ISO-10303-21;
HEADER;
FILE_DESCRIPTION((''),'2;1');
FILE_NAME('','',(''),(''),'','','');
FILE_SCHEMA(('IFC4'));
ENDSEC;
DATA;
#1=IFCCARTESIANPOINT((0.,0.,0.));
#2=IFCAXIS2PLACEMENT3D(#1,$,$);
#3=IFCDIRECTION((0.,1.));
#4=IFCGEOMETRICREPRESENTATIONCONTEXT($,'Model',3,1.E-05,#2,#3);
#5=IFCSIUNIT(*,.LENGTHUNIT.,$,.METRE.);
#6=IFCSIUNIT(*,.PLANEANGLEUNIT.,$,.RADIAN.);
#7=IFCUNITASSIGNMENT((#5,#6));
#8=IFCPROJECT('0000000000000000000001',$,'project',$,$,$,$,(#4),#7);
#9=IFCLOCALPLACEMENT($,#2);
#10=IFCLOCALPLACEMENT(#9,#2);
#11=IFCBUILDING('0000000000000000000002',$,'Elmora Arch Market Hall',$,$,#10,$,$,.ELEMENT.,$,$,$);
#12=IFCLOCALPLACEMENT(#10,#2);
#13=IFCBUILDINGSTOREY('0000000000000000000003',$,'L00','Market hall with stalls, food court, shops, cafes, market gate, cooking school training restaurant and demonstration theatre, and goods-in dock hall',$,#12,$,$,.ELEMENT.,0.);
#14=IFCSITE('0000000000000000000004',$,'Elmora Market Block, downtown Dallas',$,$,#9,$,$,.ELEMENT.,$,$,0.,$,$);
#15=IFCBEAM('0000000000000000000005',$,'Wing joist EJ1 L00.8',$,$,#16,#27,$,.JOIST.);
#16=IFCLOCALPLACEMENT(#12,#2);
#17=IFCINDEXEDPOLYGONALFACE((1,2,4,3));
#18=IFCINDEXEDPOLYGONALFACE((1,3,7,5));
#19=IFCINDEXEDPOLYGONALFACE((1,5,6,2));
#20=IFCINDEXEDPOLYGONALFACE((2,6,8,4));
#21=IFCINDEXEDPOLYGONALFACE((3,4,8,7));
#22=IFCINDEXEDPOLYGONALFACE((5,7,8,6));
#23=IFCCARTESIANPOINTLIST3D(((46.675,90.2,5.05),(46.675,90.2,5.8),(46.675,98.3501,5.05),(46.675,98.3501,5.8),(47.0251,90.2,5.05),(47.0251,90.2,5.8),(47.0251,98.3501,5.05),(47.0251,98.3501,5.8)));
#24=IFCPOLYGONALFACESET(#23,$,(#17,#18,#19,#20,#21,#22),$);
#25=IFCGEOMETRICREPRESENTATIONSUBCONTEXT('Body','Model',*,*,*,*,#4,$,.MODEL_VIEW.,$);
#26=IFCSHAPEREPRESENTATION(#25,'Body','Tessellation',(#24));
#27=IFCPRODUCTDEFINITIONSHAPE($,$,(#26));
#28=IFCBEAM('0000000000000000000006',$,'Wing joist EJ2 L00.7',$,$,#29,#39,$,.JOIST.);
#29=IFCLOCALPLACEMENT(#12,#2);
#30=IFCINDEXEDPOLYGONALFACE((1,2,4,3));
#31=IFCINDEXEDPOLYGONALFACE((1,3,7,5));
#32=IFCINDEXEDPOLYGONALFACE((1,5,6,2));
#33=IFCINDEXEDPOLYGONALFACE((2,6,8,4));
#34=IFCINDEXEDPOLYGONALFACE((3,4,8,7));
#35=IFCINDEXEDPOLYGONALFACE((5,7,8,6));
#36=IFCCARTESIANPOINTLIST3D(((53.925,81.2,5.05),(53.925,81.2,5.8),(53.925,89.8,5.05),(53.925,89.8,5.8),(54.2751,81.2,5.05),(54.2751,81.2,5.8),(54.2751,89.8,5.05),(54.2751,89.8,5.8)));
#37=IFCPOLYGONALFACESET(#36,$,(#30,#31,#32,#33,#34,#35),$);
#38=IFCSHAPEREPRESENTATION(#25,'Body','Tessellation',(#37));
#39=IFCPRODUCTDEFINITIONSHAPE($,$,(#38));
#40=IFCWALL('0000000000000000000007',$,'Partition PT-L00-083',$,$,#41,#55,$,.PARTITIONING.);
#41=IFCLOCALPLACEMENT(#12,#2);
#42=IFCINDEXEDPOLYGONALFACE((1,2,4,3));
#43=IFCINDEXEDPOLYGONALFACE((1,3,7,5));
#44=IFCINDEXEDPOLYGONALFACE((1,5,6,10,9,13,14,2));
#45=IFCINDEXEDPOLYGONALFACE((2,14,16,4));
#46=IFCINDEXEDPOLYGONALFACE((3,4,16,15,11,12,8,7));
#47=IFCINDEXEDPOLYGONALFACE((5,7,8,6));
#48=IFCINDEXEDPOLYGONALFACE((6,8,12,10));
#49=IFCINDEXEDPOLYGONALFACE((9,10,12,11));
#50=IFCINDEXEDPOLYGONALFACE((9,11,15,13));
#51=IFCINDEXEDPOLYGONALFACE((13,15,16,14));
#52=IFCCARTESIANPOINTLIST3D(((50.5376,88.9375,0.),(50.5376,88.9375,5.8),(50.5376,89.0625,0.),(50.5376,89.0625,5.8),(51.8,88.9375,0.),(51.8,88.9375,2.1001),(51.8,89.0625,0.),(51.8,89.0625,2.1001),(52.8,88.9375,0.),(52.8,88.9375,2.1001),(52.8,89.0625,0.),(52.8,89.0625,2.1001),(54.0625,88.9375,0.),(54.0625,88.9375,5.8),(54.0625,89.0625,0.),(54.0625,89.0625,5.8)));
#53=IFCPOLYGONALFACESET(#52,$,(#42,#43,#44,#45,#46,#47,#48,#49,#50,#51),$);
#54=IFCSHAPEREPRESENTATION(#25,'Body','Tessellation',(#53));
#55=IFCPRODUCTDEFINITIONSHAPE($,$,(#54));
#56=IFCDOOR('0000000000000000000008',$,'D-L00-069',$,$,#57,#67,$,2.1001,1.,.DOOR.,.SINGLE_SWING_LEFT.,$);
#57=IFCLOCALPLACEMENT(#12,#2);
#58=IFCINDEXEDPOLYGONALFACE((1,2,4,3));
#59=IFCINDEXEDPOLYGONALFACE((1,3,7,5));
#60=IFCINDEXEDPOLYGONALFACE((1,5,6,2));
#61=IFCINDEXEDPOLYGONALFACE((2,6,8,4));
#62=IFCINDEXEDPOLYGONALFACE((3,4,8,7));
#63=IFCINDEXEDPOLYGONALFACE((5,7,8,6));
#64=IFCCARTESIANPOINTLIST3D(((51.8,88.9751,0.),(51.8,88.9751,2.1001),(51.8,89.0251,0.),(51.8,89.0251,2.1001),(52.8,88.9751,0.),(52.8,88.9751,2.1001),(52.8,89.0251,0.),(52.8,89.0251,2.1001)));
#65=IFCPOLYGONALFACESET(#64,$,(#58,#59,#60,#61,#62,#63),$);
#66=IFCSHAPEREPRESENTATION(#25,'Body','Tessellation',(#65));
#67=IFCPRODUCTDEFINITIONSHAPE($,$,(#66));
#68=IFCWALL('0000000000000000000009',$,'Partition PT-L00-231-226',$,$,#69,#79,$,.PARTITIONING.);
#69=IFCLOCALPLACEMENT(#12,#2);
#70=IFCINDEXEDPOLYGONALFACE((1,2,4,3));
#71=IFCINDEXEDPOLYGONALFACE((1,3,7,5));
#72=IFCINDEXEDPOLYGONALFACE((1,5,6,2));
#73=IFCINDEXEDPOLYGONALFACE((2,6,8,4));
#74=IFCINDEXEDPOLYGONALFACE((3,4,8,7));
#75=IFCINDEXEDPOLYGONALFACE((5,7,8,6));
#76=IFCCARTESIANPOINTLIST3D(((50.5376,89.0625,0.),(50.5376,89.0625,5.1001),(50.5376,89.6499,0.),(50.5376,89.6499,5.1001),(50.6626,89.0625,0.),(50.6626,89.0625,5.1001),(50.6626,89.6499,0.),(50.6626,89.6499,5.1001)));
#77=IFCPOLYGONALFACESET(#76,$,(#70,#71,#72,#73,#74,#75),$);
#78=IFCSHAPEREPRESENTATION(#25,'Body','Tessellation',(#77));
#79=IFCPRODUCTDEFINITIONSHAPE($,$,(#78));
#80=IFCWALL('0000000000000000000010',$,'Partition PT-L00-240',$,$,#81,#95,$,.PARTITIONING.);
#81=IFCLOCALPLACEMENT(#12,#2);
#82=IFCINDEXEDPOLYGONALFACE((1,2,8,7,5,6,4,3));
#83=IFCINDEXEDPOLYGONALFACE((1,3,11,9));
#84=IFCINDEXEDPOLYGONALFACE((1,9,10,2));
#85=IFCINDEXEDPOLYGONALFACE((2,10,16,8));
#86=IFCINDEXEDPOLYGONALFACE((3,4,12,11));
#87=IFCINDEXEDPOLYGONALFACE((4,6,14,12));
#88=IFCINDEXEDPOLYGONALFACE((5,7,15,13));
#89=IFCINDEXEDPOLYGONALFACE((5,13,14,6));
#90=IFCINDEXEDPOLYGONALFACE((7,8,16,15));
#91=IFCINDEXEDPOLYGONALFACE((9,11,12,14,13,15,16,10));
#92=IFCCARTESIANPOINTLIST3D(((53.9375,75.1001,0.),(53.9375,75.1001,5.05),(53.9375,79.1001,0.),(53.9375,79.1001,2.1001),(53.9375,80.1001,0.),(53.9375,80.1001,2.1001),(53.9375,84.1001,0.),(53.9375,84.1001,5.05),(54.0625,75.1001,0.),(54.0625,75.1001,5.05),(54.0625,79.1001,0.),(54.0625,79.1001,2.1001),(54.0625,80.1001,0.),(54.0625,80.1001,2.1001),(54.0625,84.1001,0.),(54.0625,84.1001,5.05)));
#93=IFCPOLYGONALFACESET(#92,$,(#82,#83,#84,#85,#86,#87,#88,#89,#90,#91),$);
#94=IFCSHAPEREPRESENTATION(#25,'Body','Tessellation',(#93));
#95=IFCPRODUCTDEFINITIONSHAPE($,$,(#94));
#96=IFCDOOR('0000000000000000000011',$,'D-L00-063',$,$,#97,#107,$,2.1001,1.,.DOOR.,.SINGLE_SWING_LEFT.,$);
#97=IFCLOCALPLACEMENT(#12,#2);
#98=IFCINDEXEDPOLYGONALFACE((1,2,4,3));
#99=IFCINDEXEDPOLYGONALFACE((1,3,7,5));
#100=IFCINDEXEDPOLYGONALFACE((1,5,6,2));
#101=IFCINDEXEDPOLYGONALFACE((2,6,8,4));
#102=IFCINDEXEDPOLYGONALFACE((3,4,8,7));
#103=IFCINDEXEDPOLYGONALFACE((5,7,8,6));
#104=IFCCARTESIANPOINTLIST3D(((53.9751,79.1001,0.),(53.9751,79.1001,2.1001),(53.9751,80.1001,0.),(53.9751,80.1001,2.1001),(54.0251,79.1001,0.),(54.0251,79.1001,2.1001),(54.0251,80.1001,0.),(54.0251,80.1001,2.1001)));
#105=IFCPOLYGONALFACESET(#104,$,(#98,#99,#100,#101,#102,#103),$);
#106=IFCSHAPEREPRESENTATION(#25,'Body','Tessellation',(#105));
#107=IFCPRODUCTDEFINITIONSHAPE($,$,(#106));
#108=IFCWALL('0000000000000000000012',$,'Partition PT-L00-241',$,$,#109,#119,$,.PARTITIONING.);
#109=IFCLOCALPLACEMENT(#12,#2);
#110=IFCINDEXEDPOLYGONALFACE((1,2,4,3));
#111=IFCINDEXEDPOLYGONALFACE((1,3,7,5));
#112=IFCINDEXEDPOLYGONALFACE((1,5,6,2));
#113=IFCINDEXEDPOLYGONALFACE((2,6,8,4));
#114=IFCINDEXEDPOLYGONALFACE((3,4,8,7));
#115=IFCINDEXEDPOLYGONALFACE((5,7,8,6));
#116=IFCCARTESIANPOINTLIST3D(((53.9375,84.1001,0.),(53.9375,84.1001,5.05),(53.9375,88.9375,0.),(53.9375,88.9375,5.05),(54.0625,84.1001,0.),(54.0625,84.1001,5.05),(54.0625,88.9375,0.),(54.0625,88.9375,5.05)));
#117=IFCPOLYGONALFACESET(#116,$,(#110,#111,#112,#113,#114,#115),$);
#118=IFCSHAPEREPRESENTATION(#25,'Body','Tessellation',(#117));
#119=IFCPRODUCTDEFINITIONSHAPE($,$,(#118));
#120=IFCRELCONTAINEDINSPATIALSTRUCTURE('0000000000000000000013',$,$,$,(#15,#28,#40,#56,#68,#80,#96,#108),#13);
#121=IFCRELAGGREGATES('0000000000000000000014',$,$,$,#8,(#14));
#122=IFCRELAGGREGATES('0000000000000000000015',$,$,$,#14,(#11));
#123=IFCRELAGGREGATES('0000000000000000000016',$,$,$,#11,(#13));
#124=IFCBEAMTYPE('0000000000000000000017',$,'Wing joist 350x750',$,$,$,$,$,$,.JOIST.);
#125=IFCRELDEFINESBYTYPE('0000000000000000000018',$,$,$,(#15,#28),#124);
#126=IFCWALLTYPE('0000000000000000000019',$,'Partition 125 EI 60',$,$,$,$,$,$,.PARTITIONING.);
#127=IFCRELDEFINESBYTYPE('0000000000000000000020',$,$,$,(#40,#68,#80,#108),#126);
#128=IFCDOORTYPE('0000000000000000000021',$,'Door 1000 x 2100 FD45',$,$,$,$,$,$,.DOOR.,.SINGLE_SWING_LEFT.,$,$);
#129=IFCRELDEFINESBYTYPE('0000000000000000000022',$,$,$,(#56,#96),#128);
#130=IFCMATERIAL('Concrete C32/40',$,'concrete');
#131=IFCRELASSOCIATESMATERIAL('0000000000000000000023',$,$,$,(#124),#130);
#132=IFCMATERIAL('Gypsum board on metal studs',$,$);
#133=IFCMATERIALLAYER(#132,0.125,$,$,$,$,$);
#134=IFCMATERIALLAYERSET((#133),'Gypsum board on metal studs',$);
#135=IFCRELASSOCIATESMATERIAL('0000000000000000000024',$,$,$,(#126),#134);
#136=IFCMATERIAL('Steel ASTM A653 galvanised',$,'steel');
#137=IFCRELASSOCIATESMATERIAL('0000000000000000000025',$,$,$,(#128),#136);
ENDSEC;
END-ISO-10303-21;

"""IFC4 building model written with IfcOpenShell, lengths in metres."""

from ifc_helpers import new_model, si_unit, direction, frame, frame_2d, origin, origin_2d, place, context, subcontext, project, spatial, rectangle, extrude, material, layer, layer_set, material_profile, profile_set, type_object, element, fill, save


model = new_model("IFC4")

# Units and contexts
model_context = context("Model", 3, precision=1e-05, world=origin(), true_north=direction((0.0, 1.0)))
body_context = subcontext(model_context, "Body", "Model", "MODEL_VIEW")
ifc_project = project(units=[si_unit("LENGTHUNIT", "METRE"), si_unit("PLANEANGLEUNIT", "RADIAN")], contexts=[model_context])

# Site, building, storey
site_placement = place(None, origin())
site = spatial("IfcSite", under=ifc_project, at=site_placement, Name="Elmora Market Block, downtown Dallas", CompositionType="ELEMENT", RefElevation=0.0)
building_placement = place(site_placement, origin())
building = spatial("IfcBuilding", under=site, at=building_placement, Name="Elmora Arch Market Hall", CompositionType="ELEMENT")
storey_placement = place(building_placement, origin())
storey = spatial("IfcBuildingStorey", under=building, at=storey_placement, Name="L00", Description="Market hall with stalls, food court, shops, cafes, market gate, cooking school training restaurant and demonstration theatre, and goods-in dock hall", CompositionType="ELEMENT", Elevation=0.0)

# Beams
ifc_material_1 = material(Name="Concrete C32/40", Category="concrete")
ifc_material_profile_1 = material_profile(ifc_material_1, rectangle(XDim=0.3501, YDim=0.75, at=origin_2d()), Name="Wing joist 350x750")
ifc_profile_set_1 = profile_set([ifc_material_profile_1], Name="Concrete C32/40")
beam_type_1 = type_object("IfcBeamType", Name="Wing joist 350x750", PredefinedType="JOIST", material=ifc_profile_set_1)
beam_1_placement = place(storey_placement, frame((46.8501, 90.2, 5.425), z_axis=(0.0, 1.0, 0.0), x_axis=(-1.0, 0.0, 0.0)))
element("IfcBeam", 1, at=beam_1_placement, inside=storey, type_object=beam_type_1, Name="Wing joist EJ1 L00.8", PredefinedType="JOIST", context=body_context, shape_type="SweptSolid", body=[
    extrude(rectangle(XDim=0.3501, YDim=0.75, at=origin_2d()), origin(), (0.0, 0.0, 1.0), 8.1501),
])
beam_2_placement = place(storey_placement, frame((54.1001, 81.2, 5.425), z_axis=(0.0, 1.0, 0.0), x_axis=(-1.0, 0.0, 0.0)))
element("IfcBeam", 2, at=beam_2_placement, inside=storey, type_object=beam_type_1, Name="Wing joist EJ2 L00.7", PredefinedType="JOIST", context=body_context, shape_type="SweptSolid", body=[
    extrude(rectangle(XDim=0.3501, YDim=0.75, at=origin_2d()), origin(), (0.0, 0.0, 1.0), 8.6001),
])

# Wall, opening, door
ifc_material_2 = material(Name="Gypsum board on metal studs")
ifc_layer = layer(ifc_material_2, 0.125)
ifc_layer_set = layer_set([ifc_layer], Name="Gypsum board on metal studs")
wall_type = type_object("IfcWallType", Name="Partition 125 EI 60", PredefinedType="PARTITIONING", material=ifc_layer_set)
wall_1_placement = place(storey_placement, frame((50.5376, 89.0, 0.0), z_axis=(0.0, 0.0, 1.0), x_axis=(1.0, 0.0, 0.0)))
wall_1 = element("IfcWall", 3, at=wall_1_placement, inside=storey, type_object=wall_type, Name="Partition PT-L00-083", PredefinedType="PARTITIONING", context=body_context, shape_type="SweptSolid", body=[
    extrude(rectangle(XDim=3.5249, YDim=0.125, at=frame_2d((1.7625, 0.0))), origin(), (0.0, 0.0, 1.0), 5.8),
])
opening_1_placement = place(wall_1_placement, frame((1.2625, 0.0, 0.0)))
opening_1 = element("IfcOpeningElement", 4, at=opening_1_placement, cuts=wall_1, PredefinedType="OPENING", context=body_context, shape_type="SweptSolid", body=[
    extrude(rectangle(XDim=1.0, YDim=2.1001, at=frame_2d((0.5, 1.05))), frame((0.0, 0.0725, 0.0), z_axis=(0.0, -1.0, 0.0), x_axis=(1.0, 0.0, 0.0)), (0.0, 0.0, 1.0), 0.145),
])
ifc_material_3 = material(Name="Steel ASTM A653 galvanised", Category="steel")
door_type = type_object("IfcDoorType", Name="Door 1000 x 2100 FD45", OperationType="SINGLE_SWING_LEFT", PredefinedType="DOOR", material=ifc_material_3)
door_1_placement = place(opening_1_placement, frame((1.0, 0.0, 0.0), z_axis=(0.0, 0.0, 1.0), x_axis=(-1.0, 0.0, 0.0)))
door_1 = element("IfcDoor", 5, at=door_1_placement, inside=storey, type_object=door_type, Name="D-L00-069", OperationType="SINGLE_SWING_LEFT", OverallHeight=2.1001, OverallWidth=1.0, PredefinedType="DOOR", context=body_context, shape_type="SweptSolid", body=[
    extrude(rectangle(XDim=1.0, YDim=2.1001, at=frame_2d((0.5, 1.05))), frame((0.0, 0.0249, 0.0), z_axis=(0.0, -1.0, 0.0), x_axis=(1.0, 0.0, 0.0)), (0.0, 0.0, 1.0), 0.05),
])
fill(opening_1, door_1)

# Wall
wall_2_placement = place(storey_placement, frame((50.6001, 89.0625, 0.0), z_axis=(0.0, 0.0, 1.0), x_axis=(0.0, 1.0, 0.0)))
element("IfcWall", 6, at=wall_2_placement, inside=storey, type_object=wall_type, Name="Partition PT-L00-231-226", PredefinedType="PARTITIONING", context=body_context, shape_type="SweptSolid", body=[
    extrude(rectangle(XDim=0.5874, YDim=0.125, at=frame_2d((0.2937, 0.0))), origin(), (0.0, 0.0, 1.0), 5.1001),
])

# Wall, opening, door
wall_3_placement = place(storey_placement, frame((54.0, 75.1001, 0.0), z_axis=(0.0, 0.0, 1.0), x_axis=(0.0, 1.0, 0.0)))
wall_3 = element("IfcWall", 7, at=wall_3_placement, inside=storey, type_object=wall_type, Name="Partition PT-L00-240", PredefinedType="PARTITIONING", context=body_context, shape_type="SweptSolid", body=[
    extrude(rectangle(XDim=9.0, YDim=0.125, at=frame_2d((4.5, 0.0))), origin(), (0.0, 0.0, 1.0), 5.05),
])
opening_2_placement = place(wall_3_placement, frame((4.0, 0.0, 0.0)))
opening_2 = element("IfcOpeningElement", 8, at=opening_2_placement, cuts=wall_3, PredefinedType="OPENING", context=body_context, shape_type="SweptSolid", body=[
    extrude(rectangle(XDim=1.0, YDim=2.1001, at=frame_2d((0.5, 1.05))), frame((0.0, 0.0725, 0.0), z_axis=(0.0, -1.0, 0.0), x_axis=(1.0, 0.0, 0.0)), (0.0, 0.0, 1.0), 0.145),
])
door_2_placement = place(opening_2_placement, origin())
door_2 = element("IfcDoor", 9, at=door_2_placement, inside=storey, type_object=door_type, Name="D-L00-063", OperationType="SINGLE_SWING_LEFT", OverallHeight=2.1001, OverallWidth=1.0, PredefinedType="DOOR", context=body_context, shape_type="SweptSolid", body=[
    extrude(rectangle(XDim=1.0, YDim=2.1001, at=frame_2d((0.5, 1.05))), frame((0.0, 0.0249, 0.0), z_axis=(0.0, -1.0, 0.0), x_axis=(1.0, 0.0, 0.0)), (0.0, 0.0, 1.0), 0.05),
])
fill(opening_2, door_2)

# Wall
wall_4_placement = place(storey_placement, frame((54.0, 84.1001, 0.0), z_axis=(0.0, 0.0, 1.0), x_axis=(0.0, 1.0, 0.0)))
element("IfcWall", 10, at=wall_4_placement, inside=storey, type_object=wall_type, Name="Partition PT-L00-241", PredefinedType="PARTITIONING", context=body_context, shape_type="SweptSolid", body=[
    extrude(rectangle(XDim=4.8374, YDim=0.125, at=frame_2d((2.4187, 0.0))), origin(), (0.0, 0.0, 1.0), 5.05),
])

save(model, "model.ifc")
